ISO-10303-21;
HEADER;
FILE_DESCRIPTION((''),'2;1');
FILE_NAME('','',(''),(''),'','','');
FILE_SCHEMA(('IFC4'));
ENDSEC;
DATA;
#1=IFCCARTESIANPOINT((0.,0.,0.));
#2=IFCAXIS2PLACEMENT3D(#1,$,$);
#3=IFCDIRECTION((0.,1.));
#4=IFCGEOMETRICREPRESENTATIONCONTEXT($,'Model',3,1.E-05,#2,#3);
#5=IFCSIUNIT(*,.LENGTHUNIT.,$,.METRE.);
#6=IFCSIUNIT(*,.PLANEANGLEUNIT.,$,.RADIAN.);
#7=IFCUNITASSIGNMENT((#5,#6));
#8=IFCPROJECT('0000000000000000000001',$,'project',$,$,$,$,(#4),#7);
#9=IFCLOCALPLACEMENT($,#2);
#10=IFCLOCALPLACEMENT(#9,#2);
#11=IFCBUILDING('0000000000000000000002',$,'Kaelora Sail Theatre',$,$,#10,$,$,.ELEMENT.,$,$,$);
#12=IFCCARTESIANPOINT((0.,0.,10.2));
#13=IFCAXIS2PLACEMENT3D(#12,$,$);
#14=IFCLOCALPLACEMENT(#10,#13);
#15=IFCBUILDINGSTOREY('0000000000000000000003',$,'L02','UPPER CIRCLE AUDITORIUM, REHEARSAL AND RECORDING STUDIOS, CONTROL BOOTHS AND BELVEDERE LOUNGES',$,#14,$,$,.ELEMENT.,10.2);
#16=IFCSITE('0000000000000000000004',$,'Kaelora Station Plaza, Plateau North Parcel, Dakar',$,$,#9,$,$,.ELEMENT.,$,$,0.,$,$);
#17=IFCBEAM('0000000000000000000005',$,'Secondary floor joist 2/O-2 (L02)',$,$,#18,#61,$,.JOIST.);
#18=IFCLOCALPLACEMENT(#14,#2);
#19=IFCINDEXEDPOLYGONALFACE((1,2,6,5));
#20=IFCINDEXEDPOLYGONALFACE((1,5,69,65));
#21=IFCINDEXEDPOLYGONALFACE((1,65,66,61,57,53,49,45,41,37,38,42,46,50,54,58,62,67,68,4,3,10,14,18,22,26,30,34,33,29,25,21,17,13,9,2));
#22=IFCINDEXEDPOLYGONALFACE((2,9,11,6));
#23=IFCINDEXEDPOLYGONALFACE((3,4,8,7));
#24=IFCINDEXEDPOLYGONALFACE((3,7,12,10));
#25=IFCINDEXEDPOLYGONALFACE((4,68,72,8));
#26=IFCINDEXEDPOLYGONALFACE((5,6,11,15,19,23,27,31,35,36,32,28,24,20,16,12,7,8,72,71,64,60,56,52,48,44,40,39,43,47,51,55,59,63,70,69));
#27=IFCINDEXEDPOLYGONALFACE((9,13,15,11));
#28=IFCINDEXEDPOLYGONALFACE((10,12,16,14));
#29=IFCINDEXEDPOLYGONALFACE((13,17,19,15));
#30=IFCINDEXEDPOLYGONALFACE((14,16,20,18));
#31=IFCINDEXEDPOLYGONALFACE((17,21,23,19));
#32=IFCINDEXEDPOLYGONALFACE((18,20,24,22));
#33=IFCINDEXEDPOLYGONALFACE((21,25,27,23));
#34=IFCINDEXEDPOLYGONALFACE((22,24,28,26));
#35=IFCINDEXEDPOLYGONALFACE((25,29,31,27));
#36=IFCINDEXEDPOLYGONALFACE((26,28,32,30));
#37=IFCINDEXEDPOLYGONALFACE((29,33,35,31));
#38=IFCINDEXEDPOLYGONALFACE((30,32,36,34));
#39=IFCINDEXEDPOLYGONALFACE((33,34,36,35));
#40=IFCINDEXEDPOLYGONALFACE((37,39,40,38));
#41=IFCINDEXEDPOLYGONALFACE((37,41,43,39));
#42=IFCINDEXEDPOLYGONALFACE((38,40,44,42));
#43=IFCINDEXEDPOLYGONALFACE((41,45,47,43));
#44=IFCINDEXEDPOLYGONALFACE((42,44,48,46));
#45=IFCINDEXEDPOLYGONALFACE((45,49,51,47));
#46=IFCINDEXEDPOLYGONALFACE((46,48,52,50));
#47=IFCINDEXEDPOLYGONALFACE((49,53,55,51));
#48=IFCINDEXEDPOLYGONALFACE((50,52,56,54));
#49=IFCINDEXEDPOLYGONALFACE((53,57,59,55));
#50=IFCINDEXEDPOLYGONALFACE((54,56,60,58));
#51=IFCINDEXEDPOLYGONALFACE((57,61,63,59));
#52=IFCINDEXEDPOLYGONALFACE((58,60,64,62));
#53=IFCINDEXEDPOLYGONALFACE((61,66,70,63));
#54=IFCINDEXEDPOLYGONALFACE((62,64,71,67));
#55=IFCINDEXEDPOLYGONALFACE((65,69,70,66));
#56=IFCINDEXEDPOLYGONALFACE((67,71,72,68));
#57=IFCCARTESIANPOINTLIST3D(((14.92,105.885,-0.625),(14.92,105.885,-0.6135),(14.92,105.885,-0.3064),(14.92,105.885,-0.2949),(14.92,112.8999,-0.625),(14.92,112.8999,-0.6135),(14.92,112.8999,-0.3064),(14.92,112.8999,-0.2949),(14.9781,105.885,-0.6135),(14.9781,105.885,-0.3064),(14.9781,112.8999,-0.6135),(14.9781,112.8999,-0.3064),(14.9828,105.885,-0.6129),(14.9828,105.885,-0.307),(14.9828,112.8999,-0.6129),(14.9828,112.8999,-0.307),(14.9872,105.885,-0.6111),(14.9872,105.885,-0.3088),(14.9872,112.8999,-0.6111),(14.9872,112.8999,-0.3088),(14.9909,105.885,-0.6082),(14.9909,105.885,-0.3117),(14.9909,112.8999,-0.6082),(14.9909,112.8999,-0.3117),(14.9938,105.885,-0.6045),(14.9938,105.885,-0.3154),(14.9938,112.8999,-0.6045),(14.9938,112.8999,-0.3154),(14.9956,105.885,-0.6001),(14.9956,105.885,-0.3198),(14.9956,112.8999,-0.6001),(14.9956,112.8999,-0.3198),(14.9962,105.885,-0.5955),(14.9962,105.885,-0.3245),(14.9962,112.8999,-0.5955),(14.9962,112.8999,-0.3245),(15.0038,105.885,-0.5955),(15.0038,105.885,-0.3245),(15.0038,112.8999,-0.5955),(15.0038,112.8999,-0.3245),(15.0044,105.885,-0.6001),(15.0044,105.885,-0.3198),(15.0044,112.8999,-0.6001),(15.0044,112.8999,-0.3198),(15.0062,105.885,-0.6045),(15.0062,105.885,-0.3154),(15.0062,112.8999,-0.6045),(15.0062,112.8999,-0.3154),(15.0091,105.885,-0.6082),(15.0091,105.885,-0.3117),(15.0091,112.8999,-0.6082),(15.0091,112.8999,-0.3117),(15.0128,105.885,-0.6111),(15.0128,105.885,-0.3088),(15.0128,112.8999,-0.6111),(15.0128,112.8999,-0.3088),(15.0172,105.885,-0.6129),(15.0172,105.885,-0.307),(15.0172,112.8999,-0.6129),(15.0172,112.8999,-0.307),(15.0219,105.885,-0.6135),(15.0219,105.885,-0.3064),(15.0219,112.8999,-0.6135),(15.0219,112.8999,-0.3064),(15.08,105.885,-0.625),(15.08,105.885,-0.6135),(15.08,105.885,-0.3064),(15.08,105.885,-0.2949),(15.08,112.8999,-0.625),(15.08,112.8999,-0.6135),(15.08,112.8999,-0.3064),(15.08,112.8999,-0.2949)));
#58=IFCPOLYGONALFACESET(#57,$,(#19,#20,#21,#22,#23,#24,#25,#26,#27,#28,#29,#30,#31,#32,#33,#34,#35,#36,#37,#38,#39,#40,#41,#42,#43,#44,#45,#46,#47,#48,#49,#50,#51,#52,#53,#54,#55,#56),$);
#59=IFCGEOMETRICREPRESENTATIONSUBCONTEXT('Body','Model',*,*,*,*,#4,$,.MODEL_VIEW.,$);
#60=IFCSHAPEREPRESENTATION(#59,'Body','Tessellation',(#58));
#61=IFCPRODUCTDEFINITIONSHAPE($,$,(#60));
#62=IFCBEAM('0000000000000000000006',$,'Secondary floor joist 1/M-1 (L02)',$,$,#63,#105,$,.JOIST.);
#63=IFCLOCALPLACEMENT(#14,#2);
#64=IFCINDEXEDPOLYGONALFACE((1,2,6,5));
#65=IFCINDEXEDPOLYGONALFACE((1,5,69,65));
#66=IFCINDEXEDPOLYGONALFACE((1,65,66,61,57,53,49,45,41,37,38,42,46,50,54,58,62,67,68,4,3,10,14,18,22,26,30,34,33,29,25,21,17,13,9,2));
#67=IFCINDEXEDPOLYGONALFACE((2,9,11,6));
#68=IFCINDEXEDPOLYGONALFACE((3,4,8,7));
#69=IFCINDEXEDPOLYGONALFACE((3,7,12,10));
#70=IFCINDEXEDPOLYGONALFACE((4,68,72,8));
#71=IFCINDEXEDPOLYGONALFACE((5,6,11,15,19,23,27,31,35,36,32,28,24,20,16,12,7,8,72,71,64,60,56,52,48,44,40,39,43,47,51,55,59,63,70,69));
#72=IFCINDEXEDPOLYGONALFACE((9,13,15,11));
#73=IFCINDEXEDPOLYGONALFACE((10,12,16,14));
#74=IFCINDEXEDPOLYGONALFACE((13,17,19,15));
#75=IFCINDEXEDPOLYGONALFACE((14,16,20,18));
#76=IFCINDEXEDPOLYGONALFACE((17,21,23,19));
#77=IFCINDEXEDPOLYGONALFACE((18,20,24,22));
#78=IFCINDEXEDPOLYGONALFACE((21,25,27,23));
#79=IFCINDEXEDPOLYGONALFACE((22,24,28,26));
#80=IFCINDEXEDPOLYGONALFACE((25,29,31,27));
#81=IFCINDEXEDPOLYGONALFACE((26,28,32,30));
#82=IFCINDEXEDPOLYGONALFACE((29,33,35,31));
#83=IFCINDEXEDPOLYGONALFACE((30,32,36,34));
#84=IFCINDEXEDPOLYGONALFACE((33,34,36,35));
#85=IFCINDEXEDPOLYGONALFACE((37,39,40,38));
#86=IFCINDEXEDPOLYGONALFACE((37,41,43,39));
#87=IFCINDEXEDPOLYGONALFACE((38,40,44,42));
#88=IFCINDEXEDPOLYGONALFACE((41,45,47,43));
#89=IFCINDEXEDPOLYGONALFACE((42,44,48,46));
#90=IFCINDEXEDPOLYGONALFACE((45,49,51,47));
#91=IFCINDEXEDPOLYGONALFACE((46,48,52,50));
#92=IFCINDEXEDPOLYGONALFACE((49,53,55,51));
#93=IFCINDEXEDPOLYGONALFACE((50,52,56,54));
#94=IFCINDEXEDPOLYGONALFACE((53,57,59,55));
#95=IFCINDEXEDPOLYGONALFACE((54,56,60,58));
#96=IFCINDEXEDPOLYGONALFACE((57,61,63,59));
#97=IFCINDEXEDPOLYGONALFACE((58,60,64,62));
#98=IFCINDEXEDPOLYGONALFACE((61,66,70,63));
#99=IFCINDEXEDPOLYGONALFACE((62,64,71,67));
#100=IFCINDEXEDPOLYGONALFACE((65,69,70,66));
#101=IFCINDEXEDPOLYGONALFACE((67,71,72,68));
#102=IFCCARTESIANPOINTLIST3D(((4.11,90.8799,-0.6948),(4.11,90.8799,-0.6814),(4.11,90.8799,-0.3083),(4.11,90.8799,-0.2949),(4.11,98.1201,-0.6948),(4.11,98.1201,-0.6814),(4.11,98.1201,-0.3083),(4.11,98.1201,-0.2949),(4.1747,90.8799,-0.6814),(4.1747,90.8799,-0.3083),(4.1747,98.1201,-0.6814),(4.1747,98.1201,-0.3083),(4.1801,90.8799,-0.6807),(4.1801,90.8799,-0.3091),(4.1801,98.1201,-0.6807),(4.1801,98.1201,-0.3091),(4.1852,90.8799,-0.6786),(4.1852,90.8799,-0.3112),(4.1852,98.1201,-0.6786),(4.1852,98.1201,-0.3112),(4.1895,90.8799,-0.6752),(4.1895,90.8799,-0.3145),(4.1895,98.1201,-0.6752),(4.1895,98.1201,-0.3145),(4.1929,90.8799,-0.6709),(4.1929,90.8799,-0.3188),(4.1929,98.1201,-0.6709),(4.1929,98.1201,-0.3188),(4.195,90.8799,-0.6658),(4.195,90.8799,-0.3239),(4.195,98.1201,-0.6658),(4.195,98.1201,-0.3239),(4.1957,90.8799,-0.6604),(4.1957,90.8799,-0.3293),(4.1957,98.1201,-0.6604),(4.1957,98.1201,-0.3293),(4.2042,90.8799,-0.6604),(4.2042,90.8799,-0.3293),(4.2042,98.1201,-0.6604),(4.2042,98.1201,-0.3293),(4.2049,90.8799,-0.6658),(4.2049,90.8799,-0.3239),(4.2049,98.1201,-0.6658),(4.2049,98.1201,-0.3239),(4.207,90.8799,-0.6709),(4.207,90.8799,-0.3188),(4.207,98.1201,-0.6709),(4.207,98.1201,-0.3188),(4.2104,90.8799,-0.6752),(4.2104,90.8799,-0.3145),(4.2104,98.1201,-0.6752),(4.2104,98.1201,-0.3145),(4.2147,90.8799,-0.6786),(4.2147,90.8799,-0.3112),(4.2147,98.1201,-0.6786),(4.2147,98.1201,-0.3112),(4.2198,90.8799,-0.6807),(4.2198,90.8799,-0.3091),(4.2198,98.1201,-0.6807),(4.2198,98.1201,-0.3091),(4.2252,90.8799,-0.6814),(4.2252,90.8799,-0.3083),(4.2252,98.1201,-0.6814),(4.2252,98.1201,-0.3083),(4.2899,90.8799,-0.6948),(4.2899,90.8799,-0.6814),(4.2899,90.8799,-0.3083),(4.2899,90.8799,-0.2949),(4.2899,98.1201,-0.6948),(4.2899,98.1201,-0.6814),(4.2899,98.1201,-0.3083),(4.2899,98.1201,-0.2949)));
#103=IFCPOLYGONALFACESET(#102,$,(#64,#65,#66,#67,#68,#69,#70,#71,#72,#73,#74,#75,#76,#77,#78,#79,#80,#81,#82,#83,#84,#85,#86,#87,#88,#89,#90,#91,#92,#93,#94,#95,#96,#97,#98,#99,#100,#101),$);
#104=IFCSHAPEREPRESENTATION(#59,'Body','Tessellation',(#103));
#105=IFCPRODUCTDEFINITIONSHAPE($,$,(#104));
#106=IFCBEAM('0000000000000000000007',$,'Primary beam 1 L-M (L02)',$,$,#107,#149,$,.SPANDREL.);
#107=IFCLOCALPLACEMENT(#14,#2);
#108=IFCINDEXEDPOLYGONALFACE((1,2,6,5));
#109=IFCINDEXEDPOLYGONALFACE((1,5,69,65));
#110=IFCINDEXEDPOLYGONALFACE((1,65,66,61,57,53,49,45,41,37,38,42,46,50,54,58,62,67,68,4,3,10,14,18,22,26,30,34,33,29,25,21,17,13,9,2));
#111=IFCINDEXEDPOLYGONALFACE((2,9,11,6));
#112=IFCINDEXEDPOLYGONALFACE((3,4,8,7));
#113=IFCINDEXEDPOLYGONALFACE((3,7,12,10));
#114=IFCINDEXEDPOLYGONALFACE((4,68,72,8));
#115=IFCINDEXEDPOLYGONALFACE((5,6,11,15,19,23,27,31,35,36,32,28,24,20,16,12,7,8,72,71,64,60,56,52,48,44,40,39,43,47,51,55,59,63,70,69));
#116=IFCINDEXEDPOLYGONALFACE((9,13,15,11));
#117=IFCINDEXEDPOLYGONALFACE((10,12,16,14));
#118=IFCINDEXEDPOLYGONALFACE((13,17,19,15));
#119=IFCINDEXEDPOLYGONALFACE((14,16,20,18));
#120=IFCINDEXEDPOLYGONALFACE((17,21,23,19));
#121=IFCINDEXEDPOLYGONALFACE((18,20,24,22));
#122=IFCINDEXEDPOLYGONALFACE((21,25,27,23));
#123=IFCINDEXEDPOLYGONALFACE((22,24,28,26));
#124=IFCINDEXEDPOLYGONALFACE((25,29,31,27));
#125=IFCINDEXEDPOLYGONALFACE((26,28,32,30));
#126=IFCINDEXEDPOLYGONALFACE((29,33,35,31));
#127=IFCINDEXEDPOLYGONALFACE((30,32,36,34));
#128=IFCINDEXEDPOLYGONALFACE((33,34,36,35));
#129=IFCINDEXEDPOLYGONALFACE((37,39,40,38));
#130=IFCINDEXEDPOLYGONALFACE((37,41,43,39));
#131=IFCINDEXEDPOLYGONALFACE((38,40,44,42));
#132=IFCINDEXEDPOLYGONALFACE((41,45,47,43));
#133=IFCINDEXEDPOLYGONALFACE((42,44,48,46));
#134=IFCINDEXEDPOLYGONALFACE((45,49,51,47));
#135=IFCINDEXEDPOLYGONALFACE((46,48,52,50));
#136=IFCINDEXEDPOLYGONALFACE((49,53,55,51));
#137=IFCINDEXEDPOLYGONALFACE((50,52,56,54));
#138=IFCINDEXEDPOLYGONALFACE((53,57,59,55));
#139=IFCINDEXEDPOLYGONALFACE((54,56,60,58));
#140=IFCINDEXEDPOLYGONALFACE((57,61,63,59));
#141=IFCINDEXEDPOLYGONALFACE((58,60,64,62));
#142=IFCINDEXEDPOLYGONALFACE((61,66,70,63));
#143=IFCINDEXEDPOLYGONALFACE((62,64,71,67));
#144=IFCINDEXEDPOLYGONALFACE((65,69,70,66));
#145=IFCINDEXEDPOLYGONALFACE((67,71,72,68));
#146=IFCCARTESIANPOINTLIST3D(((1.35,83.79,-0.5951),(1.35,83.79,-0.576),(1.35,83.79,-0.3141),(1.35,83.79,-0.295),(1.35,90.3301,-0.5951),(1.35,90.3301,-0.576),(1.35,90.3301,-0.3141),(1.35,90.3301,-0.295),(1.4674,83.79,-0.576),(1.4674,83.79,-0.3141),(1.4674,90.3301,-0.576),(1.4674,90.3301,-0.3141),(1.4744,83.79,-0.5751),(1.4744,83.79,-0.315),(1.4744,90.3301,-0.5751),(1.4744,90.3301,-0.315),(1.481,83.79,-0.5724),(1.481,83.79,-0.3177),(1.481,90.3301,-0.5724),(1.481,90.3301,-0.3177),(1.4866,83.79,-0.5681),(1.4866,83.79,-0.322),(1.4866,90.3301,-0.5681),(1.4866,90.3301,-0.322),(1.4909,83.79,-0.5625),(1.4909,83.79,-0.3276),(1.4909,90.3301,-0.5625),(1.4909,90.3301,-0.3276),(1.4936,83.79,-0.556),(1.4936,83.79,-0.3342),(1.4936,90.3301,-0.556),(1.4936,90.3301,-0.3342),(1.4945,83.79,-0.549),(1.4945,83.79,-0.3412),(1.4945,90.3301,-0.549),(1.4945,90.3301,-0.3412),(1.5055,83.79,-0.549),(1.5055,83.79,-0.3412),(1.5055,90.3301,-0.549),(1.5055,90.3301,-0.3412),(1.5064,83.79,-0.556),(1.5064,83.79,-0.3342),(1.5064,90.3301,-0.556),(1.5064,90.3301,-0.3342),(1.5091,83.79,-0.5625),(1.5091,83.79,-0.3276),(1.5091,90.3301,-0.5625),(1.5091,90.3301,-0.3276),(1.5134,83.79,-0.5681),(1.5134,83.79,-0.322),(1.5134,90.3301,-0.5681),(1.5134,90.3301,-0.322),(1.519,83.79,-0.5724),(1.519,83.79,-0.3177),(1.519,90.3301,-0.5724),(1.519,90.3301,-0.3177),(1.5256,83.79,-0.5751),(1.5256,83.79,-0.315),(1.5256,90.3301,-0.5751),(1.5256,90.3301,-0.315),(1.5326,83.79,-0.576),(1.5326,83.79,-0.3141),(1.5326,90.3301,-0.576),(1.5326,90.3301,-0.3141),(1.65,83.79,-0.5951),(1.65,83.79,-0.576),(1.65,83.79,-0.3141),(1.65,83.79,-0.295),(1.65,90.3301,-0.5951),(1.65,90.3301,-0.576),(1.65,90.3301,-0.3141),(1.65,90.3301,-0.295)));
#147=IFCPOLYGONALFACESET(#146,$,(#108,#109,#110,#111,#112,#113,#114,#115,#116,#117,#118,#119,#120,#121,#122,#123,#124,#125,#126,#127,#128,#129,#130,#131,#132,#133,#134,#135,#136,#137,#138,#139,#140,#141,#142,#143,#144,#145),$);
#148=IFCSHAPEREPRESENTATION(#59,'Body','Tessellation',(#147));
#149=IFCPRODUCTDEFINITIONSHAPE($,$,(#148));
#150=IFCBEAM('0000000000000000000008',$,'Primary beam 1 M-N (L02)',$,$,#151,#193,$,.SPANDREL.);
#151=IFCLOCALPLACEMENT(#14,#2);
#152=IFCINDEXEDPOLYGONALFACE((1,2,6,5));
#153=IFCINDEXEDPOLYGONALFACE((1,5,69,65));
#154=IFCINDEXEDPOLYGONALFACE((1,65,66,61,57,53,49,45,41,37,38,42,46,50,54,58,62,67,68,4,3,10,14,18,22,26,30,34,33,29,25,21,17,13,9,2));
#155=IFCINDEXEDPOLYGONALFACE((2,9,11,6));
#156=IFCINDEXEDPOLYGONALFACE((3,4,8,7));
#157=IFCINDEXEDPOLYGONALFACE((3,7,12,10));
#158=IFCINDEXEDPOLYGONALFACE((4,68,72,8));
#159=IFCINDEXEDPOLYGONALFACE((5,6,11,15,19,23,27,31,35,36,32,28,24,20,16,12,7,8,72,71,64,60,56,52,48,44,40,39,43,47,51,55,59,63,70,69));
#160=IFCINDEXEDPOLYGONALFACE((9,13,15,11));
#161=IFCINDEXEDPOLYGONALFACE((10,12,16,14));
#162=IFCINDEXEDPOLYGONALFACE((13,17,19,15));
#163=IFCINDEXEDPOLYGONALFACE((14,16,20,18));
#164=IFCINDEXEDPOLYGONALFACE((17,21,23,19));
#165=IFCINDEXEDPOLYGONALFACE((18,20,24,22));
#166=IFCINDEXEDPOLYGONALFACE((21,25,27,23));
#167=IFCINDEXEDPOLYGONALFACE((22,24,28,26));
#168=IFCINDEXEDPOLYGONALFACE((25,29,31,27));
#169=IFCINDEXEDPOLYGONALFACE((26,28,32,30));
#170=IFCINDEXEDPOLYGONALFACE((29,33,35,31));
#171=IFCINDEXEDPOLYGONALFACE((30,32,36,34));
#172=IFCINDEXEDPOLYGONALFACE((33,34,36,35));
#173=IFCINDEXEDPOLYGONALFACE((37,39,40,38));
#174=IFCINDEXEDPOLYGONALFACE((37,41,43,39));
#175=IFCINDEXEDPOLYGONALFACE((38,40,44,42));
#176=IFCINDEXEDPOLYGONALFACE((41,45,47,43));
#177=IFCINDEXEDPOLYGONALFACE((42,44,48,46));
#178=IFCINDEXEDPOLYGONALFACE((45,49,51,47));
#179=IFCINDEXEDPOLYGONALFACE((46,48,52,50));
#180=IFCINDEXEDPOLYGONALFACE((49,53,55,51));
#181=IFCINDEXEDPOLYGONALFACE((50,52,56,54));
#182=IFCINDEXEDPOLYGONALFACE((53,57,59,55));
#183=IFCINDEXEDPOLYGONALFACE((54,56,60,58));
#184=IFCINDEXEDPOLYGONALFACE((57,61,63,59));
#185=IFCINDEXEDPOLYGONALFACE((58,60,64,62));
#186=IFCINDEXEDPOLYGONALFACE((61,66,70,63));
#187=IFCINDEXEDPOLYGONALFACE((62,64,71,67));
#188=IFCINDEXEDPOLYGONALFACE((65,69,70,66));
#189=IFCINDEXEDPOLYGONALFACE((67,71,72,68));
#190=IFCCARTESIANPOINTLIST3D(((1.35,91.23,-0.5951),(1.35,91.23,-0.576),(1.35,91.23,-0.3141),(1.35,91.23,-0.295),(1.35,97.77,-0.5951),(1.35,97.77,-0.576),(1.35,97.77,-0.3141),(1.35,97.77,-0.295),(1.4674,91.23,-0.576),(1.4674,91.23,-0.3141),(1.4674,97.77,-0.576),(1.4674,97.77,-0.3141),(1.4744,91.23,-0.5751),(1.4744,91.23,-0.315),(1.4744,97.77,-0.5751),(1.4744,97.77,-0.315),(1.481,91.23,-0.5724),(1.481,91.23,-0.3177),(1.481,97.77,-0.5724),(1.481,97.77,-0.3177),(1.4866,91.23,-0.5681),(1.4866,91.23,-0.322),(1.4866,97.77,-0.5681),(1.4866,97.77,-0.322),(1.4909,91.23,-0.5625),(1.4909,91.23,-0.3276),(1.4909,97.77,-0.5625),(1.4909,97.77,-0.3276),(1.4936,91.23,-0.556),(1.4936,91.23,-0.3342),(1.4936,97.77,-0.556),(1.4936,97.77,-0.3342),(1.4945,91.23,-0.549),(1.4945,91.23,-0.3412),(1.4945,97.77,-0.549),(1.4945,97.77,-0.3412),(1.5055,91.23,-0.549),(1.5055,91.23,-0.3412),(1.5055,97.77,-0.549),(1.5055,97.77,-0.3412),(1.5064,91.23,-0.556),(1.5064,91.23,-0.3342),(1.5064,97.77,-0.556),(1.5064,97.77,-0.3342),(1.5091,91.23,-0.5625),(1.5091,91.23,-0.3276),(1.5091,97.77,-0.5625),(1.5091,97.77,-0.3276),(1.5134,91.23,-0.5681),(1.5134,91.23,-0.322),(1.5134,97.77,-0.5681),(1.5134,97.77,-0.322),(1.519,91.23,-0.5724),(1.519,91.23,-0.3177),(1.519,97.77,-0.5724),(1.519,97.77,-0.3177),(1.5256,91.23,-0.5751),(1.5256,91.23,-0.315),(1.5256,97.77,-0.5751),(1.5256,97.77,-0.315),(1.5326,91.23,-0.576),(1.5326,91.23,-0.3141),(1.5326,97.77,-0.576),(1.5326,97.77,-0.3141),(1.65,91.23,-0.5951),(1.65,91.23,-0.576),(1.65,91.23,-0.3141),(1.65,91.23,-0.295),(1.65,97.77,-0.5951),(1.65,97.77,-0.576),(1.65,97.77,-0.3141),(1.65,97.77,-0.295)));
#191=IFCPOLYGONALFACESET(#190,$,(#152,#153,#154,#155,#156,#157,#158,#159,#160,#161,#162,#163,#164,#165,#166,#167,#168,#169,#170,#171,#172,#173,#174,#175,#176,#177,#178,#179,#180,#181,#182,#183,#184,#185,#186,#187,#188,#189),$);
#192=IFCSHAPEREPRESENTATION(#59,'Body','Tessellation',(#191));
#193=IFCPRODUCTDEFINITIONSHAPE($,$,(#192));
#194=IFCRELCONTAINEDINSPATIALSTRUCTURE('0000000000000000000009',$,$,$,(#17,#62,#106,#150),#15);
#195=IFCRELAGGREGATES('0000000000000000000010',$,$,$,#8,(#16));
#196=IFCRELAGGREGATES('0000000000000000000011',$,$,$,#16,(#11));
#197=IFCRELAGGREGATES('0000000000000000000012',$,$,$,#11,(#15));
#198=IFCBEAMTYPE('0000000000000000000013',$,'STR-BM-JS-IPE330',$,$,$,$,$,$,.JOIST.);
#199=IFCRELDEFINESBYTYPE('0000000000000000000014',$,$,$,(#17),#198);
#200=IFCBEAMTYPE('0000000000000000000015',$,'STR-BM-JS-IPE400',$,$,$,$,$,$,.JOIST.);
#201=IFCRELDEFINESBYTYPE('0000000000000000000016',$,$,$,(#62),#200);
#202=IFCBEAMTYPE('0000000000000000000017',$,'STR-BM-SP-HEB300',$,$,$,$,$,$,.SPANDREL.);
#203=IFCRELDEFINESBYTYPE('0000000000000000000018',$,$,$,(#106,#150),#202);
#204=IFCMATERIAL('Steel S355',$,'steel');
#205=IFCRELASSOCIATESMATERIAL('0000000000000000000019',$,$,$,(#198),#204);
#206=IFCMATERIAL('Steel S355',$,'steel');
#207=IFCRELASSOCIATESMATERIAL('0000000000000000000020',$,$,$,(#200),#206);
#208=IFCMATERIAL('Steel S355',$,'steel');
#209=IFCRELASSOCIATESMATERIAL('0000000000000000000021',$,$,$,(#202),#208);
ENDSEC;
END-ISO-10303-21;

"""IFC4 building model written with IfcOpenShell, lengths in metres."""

from ifc_helpers import new_model, si_unit, direction, frame, origin, origin_2d, place, context, subcontext, project, spatial, i_section, extrude, material, material_profile, profile_set, type_object, element, save


model = new_model("IFC4")

# Units and contexts
model_context = context("Model", 3, precision=1e-05, world=origin(), true_north=direction((0.0, 1.0)))
body_context = subcontext(model_context, "Body", "Model", "MODEL_VIEW")
ifc_project = project(units=[si_unit("LENGTHUNIT", "METRE"), si_unit("PLANEANGLEUNIT", "RADIAN")], contexts=[model_context])

# Site, building, storey
site_placement = place(None, origin())
site = spatial("IfcSite", under=ifc_project, at=site_placement, Name="Kaelora Station Plaza, Plateau North Parcel, Dakar", CompositionType="ELEMENT", RefElevation=0.0)
building_placement = place(site_placement, origin())
building = spatial("IfcBuilding", under=site, at=building_placement, Name="Kaelora Sail Theatre", CompositionType="ELEMENT")
storey_placement = place(building_placement, frame((0.0, 0.0, 10.2)))
storey = spatial("IfcBuildingStorey", under=building, at=storey_placement, Name="L02", Description="UPPER CIRCLE AUDITORIUM, REHEARSAL AND RECORDING STUDIOS, CONTROL BOOTHS AND BELVEDERE LOUNGES", CompositionType="ELEMENT", Elevation=10.2)

# Beams
ifc_material_1 = material(Name="Steel S355", Category="steel")
ifc_material_profile_1 = material_profile(ifc_material_1, i_section(OverallWidth=0.1599, OverallDepth=0.3301, WebThickness=0.0076, FlangeThickness=0.0115, FilletRadius=0.0181, at=origin_2d()), Name="IPE 330")
ifc_profile_set_1 = profile_set([ifc_material_profile_1], Name="Steel S355")
beam_type_1 = type_object("IfcBeamType", Name="STR-BM-JS-IPE330", PredefinedType="JOIST", material=ifc_profile_set_1)
beam_1_placement = place(storey_placement, frame((15.0, 105.885, -0.46), z_axis=(0.0, 1.0, 0.0), x_axis=(-1.0, 0.0, 0.0)))
element("IfcBeam", 1, at=beam_1_placement, inside=storey, type_object=beam_type_1, Name="Secondary floor joist 2/O-2 (L02)", PredefinedType="JOIST", context=body_context, shape_type="SweptSolid", body=[
    extrude(i_section(OverallWidth=0.1599, OverallDepth=0.3301, WebThickness=0.0076, FlangeThickness=0.0115, FilletRadius=0.0181, at=origin_2d()), origin(), (0.0, 0.0, 1.0), 7.0149),
])
ifc_material_2 = material(Name="Steel S355", Category="steel")
ifc_material_profile_2 = material_profile(ifc_material_2, i_section(OverallWidth=0.1799, OverallDepth=0.3999, WebThickness=0.0085, FlangeThickness=0.0134, FilletRadius=0.021, at=origin_2d()), Name="IPE 400")
ifc_profile_set_2 = profile_set([ifc_material_profile_2], Name="Steel S355")
beam_type_2 = type_object("IfcBeamType", Name="STR-BM-JS-IPE400", PredefinedType="JOIST", material=ifc_profile_set_2)
beam_2_placement = place(storey_placement, frame((4.2, 90.8799, -0.4949), z_axis=(0.0, 1.0, 0.0), x_axis=(-1.0, 0.0, 0.0)))
element("IfcBeam", 2, at=beam_2_placement, inside=storey, type_object=beam_type_2, Name="Secondary floor joist 1/M-1 (L02)", PredefinedType="JOIST", context=body_context, shape_type="SweptSolid", body=[
    extrude(i_section(OverallWidth=0.1799, OverallDepth=0.3999, WebThickness=0.0085, FlangeThickness=0.0134, FilletRadius=0.021, at=origin_2d()), origin(), (0.0, 0.0, 1.0), 7.2402),
])
ifc_material_3 = material(Name="Steel S355", Category="steel")
ifc_material_profile_3 = material_profile(ifc_material_3, i_section(OverallWidth=0.3, OverallDepth=0.3, WebThickness=0.011, FlangeThickness=0.019, FilletRadius=0.0271, at=origin_2d()), Name="HEB 300")
ifc_profile_set_3 = profile_set([ifc_material_profile_3], Name="Steel S355")
beam_type_3 = type_object("IfcBeamType", Name="STR-BM-SP-HEB300", PredefinedType="SPANDREL", material=ifc_profile_set_3)
for number, where, z_axis, x_axis, name in (
    (3, (1.5, 83.79, -0.4451), (0.0, 1.0, 0.0), (-1.0, 0.0, 0.0), "Primary beam 1 L-M (L02)"),
    (4, (1.5, 91.23, -0.4451), (0.0, 1.0, 0.0), (-1.0, 0.0, 0.0), "Primary beam 1 M-N (L02)"),
):
    element("IfcBeam", number, at=place(storey_placement, frame(where, z_axis=z_axis, x_axis=x_axis)), inside=storey, type_object=beam_type_3, Name=name, PredefinedType="SPANDREL", context=body_context, shape_type="SweptSolid", body=[
        extrude(i_section(OverallWidth=0.3, OverallDepth=0.3, WebThickness=0.011, FlangeThickness=0.019, FilletRadius=0.0271, at=origin_2d()), origin(), (0.0, 0.0, 1.0), 6.54),
    ])

save(model, "model.ifc")
